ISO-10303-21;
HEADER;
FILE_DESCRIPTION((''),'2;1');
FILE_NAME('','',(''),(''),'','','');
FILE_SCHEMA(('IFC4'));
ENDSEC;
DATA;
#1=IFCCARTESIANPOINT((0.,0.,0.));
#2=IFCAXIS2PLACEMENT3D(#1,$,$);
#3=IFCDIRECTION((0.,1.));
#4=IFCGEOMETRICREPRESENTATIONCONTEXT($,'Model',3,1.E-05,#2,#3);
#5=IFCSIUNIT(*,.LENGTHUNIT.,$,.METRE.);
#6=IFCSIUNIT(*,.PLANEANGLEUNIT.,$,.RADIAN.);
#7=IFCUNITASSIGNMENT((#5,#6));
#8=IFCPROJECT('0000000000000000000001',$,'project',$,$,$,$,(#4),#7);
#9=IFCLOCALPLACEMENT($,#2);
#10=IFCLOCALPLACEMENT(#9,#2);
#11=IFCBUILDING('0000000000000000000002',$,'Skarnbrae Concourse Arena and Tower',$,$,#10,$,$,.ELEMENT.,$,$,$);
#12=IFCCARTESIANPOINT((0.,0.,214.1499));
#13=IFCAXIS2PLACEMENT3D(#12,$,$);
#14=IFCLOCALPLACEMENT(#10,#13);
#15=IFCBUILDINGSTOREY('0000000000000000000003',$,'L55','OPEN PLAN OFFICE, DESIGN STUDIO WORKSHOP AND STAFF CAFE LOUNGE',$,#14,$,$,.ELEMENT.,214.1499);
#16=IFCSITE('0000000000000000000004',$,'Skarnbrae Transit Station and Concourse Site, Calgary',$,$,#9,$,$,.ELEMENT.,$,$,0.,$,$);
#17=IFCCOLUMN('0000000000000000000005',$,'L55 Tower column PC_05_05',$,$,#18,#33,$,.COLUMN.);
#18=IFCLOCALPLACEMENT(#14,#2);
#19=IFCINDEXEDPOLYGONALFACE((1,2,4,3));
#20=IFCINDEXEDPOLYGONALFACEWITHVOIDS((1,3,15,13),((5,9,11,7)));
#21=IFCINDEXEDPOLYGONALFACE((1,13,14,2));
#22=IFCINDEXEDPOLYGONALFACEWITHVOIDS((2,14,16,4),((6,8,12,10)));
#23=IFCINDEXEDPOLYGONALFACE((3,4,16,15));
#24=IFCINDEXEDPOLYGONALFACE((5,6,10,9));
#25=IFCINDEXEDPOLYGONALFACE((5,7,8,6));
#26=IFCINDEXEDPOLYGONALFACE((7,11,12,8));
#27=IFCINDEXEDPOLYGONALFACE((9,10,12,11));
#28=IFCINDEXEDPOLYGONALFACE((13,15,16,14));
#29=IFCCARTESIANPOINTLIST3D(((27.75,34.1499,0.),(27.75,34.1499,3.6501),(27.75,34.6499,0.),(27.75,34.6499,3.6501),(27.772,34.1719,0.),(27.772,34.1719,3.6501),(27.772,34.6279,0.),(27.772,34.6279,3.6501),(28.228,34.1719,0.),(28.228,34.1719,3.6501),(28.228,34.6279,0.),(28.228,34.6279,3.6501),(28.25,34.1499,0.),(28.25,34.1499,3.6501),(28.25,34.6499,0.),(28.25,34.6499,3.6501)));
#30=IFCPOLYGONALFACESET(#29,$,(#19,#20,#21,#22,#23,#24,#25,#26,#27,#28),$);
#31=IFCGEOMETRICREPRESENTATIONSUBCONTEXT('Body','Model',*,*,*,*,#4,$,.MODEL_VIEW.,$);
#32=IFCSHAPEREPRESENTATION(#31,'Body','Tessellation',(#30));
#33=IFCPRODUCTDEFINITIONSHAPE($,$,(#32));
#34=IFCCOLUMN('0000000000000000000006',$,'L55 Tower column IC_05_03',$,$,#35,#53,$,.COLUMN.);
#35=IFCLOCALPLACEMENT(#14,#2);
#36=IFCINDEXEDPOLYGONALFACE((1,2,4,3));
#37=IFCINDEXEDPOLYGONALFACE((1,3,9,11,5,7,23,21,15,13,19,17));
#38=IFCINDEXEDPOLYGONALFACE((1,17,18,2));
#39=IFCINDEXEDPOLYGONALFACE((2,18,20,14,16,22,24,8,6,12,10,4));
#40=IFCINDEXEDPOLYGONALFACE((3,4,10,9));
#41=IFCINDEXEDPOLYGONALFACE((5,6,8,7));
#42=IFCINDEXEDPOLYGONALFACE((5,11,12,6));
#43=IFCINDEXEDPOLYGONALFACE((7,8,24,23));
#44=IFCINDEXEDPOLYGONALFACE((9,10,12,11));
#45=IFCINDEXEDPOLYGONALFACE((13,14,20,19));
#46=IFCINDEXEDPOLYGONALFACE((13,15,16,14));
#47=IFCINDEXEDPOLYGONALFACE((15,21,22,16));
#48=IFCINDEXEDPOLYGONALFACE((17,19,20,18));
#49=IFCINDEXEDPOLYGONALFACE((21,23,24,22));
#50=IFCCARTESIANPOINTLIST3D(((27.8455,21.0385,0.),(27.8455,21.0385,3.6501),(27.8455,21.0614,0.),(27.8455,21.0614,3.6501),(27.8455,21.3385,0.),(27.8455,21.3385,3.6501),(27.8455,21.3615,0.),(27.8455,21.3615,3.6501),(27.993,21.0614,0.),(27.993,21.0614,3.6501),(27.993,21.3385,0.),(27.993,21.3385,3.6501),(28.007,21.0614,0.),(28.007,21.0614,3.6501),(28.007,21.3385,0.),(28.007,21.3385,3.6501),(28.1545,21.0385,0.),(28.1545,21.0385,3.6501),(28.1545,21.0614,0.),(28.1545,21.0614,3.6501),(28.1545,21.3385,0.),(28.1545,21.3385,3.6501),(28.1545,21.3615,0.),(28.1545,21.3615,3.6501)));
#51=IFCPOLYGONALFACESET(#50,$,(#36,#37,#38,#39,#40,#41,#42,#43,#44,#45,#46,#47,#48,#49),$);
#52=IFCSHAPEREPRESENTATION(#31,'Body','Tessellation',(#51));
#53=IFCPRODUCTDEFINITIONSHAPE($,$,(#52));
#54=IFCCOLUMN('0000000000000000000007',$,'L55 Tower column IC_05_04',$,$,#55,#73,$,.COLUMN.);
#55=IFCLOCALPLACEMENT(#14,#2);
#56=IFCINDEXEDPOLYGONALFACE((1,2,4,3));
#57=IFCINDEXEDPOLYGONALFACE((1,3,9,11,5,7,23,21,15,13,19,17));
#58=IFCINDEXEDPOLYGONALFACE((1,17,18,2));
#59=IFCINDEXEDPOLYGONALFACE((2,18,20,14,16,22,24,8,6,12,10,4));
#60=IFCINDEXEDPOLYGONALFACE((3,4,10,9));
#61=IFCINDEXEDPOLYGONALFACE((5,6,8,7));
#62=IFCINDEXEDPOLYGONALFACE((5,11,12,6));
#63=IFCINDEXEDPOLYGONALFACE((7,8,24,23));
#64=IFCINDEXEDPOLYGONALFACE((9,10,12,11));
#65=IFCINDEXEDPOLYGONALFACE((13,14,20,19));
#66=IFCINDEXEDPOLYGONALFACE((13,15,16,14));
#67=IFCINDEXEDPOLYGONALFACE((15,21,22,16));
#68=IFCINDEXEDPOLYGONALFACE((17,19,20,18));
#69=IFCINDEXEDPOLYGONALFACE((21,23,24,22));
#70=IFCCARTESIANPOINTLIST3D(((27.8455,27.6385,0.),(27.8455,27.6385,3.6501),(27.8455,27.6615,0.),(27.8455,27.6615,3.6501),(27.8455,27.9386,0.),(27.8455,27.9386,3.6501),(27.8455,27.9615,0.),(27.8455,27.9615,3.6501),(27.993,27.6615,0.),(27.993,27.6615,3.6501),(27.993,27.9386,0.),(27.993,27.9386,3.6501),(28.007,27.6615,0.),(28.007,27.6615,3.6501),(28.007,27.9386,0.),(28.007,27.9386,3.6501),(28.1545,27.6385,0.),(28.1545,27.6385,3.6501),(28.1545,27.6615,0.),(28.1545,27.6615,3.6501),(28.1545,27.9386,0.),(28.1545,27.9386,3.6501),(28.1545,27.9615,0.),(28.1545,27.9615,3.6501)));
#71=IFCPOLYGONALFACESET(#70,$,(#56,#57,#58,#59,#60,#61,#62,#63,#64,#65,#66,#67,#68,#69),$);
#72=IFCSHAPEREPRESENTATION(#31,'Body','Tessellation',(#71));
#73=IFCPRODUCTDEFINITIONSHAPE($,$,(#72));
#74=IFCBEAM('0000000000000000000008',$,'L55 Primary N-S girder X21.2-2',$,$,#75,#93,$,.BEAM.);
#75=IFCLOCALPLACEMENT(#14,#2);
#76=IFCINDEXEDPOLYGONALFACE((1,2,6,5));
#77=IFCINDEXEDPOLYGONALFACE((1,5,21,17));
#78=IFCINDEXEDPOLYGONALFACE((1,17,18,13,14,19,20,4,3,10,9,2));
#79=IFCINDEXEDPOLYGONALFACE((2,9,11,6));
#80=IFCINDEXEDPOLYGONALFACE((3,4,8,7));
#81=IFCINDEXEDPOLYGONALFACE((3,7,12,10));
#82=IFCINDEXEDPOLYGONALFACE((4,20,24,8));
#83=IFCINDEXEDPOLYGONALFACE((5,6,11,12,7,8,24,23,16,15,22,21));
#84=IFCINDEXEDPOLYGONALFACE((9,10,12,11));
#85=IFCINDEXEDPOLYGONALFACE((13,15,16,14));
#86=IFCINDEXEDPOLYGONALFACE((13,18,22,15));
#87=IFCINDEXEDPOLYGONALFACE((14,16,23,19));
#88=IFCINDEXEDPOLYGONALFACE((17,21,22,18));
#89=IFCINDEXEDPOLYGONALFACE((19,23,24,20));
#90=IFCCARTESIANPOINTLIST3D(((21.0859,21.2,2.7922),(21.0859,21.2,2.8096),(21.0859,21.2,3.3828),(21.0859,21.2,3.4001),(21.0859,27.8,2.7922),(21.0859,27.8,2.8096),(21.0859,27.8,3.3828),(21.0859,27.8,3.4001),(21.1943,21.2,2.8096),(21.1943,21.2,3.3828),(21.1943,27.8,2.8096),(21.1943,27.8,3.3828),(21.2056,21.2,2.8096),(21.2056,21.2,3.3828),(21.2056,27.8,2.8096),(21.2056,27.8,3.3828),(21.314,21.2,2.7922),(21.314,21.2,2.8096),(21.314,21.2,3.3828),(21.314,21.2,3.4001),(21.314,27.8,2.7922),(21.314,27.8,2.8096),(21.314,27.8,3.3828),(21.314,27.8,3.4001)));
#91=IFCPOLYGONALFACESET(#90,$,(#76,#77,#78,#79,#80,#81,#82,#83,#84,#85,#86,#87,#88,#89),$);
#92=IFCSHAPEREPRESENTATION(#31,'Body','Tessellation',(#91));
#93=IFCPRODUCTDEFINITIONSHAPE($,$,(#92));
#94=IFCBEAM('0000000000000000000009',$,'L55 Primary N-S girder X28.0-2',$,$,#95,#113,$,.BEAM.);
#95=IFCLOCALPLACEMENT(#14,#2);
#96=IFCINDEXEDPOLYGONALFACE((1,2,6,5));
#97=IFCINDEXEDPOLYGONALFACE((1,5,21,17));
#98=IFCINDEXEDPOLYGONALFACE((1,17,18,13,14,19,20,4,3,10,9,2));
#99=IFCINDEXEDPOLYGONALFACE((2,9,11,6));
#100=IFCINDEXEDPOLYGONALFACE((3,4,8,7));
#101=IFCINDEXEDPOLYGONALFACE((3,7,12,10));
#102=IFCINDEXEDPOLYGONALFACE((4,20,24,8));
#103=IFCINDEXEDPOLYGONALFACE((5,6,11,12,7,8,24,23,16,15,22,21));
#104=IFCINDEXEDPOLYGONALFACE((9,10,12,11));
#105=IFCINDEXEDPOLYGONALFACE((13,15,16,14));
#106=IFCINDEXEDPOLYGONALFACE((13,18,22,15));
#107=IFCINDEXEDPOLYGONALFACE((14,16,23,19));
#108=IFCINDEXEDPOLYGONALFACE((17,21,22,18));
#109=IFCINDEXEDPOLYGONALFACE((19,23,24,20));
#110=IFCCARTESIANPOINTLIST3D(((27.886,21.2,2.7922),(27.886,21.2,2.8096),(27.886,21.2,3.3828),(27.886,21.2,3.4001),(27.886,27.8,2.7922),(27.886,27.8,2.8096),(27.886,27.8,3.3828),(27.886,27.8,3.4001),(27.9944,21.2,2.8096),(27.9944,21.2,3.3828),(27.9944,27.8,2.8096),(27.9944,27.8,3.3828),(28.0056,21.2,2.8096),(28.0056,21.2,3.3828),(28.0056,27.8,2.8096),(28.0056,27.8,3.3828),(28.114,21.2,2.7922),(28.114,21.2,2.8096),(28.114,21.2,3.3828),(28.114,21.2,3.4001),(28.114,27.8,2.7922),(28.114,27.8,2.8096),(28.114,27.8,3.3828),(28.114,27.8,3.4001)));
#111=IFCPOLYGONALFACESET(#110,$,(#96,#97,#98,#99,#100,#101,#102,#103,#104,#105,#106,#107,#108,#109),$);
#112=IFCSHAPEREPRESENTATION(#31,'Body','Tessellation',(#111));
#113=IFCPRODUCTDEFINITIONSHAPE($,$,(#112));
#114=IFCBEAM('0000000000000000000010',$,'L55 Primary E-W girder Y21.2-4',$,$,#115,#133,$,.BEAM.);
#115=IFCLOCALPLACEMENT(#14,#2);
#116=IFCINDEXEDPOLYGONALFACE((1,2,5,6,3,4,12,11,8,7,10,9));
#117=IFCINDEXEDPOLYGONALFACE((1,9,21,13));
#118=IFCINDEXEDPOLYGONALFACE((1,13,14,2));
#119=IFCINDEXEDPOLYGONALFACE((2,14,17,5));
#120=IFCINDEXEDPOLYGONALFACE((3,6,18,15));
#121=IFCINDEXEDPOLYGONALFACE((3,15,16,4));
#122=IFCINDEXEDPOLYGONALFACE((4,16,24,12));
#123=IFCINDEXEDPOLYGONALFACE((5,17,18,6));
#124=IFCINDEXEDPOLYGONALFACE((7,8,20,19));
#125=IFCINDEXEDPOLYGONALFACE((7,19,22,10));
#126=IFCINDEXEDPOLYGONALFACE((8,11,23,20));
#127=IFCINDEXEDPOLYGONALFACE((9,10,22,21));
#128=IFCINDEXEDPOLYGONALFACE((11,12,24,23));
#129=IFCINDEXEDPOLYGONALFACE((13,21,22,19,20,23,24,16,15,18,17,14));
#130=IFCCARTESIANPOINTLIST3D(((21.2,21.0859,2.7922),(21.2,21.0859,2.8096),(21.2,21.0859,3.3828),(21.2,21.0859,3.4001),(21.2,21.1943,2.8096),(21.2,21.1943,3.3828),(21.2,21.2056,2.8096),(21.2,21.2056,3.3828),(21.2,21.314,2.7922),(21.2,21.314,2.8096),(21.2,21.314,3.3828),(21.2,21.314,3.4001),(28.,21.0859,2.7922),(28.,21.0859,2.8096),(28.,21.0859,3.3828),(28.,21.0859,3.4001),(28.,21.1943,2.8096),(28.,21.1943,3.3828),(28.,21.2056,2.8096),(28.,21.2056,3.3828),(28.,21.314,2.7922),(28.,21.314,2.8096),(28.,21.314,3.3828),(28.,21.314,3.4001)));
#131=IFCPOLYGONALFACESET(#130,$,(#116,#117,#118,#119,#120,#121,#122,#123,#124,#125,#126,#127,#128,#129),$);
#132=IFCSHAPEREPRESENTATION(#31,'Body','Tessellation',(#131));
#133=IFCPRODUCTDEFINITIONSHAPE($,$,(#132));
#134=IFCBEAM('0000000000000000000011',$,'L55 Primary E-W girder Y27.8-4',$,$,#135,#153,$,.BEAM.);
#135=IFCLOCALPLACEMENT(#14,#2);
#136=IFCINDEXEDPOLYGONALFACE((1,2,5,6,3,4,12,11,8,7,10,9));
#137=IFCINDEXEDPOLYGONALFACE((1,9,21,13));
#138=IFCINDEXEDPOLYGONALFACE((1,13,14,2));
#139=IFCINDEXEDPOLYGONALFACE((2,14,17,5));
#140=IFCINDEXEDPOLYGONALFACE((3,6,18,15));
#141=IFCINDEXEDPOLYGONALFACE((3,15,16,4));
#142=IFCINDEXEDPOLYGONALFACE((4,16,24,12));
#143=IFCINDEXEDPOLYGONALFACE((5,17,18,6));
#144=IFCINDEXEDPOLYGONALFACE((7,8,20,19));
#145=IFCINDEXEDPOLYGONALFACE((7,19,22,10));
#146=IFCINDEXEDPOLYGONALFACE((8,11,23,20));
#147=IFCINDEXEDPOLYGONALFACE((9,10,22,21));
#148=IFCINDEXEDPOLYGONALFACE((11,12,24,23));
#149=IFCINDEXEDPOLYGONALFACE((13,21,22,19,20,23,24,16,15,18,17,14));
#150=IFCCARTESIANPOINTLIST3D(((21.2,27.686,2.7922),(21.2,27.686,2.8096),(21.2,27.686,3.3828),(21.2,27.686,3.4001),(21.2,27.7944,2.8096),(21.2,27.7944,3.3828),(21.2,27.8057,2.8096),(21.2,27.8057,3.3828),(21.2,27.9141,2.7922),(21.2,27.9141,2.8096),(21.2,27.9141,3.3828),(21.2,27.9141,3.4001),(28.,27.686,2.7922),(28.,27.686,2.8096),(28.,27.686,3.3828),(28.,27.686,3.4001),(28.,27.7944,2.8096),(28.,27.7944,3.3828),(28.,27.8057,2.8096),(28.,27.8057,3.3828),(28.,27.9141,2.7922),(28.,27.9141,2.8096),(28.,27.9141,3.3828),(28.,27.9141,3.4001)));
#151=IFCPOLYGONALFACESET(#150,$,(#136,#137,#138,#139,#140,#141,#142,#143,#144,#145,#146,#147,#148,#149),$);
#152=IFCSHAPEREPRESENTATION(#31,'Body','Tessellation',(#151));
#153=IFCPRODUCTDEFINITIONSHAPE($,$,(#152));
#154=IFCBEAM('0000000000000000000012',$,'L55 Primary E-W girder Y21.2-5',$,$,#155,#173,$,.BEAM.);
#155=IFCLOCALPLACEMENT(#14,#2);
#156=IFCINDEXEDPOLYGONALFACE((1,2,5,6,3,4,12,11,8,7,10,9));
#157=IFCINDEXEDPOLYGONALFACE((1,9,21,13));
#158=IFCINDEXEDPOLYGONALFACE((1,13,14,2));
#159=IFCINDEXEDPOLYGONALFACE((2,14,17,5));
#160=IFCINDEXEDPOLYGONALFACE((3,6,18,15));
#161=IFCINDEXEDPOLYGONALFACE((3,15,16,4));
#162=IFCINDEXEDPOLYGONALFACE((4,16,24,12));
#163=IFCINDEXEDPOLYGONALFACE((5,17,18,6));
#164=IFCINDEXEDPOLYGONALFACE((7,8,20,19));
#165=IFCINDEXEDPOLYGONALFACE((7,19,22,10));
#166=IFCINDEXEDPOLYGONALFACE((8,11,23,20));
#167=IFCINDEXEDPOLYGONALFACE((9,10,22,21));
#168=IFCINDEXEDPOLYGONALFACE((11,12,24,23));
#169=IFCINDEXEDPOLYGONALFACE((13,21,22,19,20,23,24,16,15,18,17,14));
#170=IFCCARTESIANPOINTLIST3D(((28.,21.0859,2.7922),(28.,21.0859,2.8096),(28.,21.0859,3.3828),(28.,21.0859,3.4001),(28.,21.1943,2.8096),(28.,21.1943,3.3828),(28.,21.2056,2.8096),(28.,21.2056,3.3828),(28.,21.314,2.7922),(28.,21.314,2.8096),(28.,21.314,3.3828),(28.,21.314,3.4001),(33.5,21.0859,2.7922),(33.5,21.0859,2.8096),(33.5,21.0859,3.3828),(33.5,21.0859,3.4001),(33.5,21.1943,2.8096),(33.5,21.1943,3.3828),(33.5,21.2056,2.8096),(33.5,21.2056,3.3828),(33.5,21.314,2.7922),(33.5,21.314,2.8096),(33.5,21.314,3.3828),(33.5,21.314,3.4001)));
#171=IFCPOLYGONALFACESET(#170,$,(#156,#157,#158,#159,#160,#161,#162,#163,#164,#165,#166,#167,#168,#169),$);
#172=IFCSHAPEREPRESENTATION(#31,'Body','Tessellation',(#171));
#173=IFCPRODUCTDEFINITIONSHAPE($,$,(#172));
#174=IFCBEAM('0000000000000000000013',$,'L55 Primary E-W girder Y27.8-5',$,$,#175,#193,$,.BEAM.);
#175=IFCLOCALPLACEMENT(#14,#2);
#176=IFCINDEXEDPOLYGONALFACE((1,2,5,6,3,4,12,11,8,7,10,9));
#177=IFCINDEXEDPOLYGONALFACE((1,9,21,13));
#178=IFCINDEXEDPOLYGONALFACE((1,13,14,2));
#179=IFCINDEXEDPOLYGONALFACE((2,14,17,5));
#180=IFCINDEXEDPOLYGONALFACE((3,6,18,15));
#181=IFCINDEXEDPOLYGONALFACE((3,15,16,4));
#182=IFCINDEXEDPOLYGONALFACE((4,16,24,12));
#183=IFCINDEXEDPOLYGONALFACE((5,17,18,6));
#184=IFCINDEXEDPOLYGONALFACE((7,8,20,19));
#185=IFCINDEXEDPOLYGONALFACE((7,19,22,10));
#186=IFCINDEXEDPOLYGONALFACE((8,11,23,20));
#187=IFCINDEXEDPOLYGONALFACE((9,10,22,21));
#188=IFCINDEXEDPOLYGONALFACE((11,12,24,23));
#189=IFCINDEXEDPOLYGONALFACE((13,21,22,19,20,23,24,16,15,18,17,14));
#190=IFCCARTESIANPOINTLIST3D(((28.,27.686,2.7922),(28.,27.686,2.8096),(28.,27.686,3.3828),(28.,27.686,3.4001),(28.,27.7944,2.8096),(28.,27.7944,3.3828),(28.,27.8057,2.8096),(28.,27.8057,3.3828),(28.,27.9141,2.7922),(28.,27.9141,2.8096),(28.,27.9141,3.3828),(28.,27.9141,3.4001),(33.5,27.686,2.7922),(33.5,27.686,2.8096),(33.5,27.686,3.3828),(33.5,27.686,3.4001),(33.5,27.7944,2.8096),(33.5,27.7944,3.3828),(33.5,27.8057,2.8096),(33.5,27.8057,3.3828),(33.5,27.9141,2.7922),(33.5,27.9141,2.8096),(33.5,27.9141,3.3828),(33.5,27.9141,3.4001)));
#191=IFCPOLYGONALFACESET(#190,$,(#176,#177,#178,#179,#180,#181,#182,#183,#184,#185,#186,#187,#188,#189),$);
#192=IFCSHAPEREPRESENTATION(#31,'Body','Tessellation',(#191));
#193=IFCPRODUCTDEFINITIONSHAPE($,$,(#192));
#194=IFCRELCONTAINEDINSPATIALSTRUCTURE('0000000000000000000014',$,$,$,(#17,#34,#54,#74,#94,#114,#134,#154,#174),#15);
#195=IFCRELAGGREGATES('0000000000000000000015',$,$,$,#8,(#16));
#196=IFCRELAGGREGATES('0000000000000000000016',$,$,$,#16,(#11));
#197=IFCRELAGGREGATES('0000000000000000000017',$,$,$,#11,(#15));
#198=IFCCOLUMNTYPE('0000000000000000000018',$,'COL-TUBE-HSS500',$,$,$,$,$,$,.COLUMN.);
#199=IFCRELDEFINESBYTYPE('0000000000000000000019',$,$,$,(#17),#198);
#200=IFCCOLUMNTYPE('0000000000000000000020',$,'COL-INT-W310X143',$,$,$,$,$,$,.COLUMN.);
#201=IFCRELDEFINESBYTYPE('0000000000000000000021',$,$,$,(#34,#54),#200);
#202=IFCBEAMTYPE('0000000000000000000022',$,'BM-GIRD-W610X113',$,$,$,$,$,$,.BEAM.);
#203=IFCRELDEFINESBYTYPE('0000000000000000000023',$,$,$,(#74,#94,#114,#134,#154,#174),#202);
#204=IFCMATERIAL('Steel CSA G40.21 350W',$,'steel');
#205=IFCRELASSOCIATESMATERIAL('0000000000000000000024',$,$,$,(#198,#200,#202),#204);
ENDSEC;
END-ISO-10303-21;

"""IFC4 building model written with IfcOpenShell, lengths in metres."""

from ifc_helpers import new_model, si_unit, direction, frame, origin, origin_2d, place, context, subcontext, project, spatial, hollow_rectangle, i_section, extrude, source, transform, mapped, material, material_profile, profile_set, type_object, element, save


model = new_model("IFC4")

# Units and contexts
model_context = context("Model", 3, precision=1e-05, world=origin(), true_north=direction((0.0, 1.0)))
body_context = subcontext(model_context, "Body", "Model", "MODEL_VIEW")
ifc_project = project(units=[si_unit("LENGTHUNIT", "METRE"), si_unit("PLANEANGLEUNIT", "RADIAN")], contexts=[model_context])

# Site, building, storey
site_placement = place(None, origin())
site = spatial("IfcSite", under=ifc_project, at=site_placement, Name="Skarnbrae Transit Station and Concourse Site, Calgary", CompositionType="ELEMENT", RefElevation=0.0)
building_placement = place(site_placement, origin())
building = spatial("IfcBuilding", under=site, at=building_placement, Name="Skarnbrae Concourse Arena and Tower", CompositionType="ELEMENT")
storey_placement = place(building_placement, frame((0.0, 0.0, 214.1499)))
storey = spatial("IfcBuildingStorey", under=building, at=storey_placement, Name="L55", Description="OPEN PLAN OFFICE, DESIGN STUDIO WORKSHOP AND STAFF CAFE LOUNGE", CompositionType="ELEMENT", Elevation=214.1499)

# Columns
ifc_material_1 = material(Name="Steel CSA G40.21 350W", Category="steel")
ifc_material_profile_1 = material_profile(ifc_material_1, hollow_rectangle(XDim=0.5, YDim=0.5, WallThickness=0.022, at=origin_2d()), Name="HSS500X500X22.0")
ifc_profile_set_1 = profile_set([ifc_material_profile_1], Name="Steel CSA G40.21 350W")
column_type_1 = type_object("IfcColumnType", Name="COL-TUBE-HSS500", PredefinedType="COLUMN", material=ifc_profile_set_1)
shared_shape_1 = source(origin(), body_context, "Body", "SweptSolid", [
    extrude(hollow_rectangle(XDim=0.5, YDim=0.5, WallThickness=0.022, at=origin_2d()), origin(), (0.0, 0.0, 1.0), 3.6501),
])
column_placement = place(storey_placement, frame((28.0, 34.3999, 0.0), z_axis=(0.0, 0.0, 1.0), x_axis=(1.0, 0.0, 0.0)))
element("IfcColumn", 1, at=column_placement, inside=storey, type_object=column_type_1, Name="L55 Tower column PC_05_05", PredefinedType="COLUMN", context=body_context, shape_type="MappedRepresentation", body=[
    mapped(shared_shape_1, transform((0.0, 0.0, 0.0))),
])
ifc_material_profile_2 = material_profile(ifc_material_1, i_section(OverallWidth=0.3091, OverallDepth=0.323, WebThickness=0.0139, FlangeThickness=0.0229, at=origin_2d()), Name="W310X143")
ifc_profile_set_2 = profile_set([ifc_material_profile_2], Name="Steel CSA G40.21 350W")
column_type_2 = type_object("IfcColumnType", Name="COL-INT-W310X143", PredefinedType="COLUMN", material=ifc_profile_set_2)
shared_shape_2 = source(origin(), body_context, "Body", "SweptSolid", [
    extrude(i_section(OverallWidth=0.3091, OverallDepth=0.323, WebThickness=0.0139, FlangeThickness=0.0229, at=origin_2d()), origin(), (0.0, 0.0, 1.0), 3.6501),
])
for number, where, z_axis, x_axis, name in (
    (2, (28.0, 21.2, 0.0), (0.0, 0.0, 1.0), (1.0, 0.0, 0.0), "L55 Tower column IC_05_03"),
    (3, (28.0, 27.8, 0.0), (0.0, 0.0, 1.0), (1.0, 0.0, 0.0), "L55 Tower column IC_05_04"),
):
    element("IfcColumn", number, at=place(storey_placement, frame(where, z_axis=z_axis, x_axis=x_axis)), inside=storey, type_object=column_type_2, Name=name, PredefinedType="COLUMN", context=body_context, shape_type="MappedRepresentation", body=[
        mapped(shared_shape_2, transform((0.0, 0.0, 0.0))),
    ])

# Beams
ifc_material_profile_3 = material_profile(ifc_material_1, i_section(OverallWidth=0.228, OverallDepth=0.6079, WebThickness=0.0112, FlangeThickness=0.0173, at=origin_2d()), Name="W610X113")
ifc_profile_set_3 = profile_set([ifc_material_profile_3], Name="Steel CSA G40.21 350W")
beam_type_1 = type_object("IfcBeamType", Name="BM-GIRD-W610X113", PredefinedType="BEAM", material=ifc_profile_set_3)
shared_shape_3 = source(origin(), body_context, "Body", "SweptSolid", [
    extrude(i_section(OverallWidth=0.228, OverallDepth=0.6079, WebThickness=0.0112, FlangeThickness=0.0173, at=origin_2d()), origin(), (0.0, 0.0, 1.0), 6.6001),
])
for number, where, z_axis, x_axis, name in (
    (4, (21.2, 21.2, 3.0962), (0.0, 1.0, 0.0), (-1.0, 0.0, 0.0), "L55 Primary N-S girder X21.2-2"),
    (5, (28.0, 21.2, 3.0962), (0.0, 1.0, 0.0), (-1.0, 0.0, 0.0), "L55 Primary N-S girder X28.0-2"),
):
    element("IfcBeam", number, at=place(storey_placement, frame(where, z_axis=z_axis, x_axis=x_axis)), inside=storey, type_object=beam_type_1, Name=name, PredefinedType="BEAM", context=body_context, shape_type="MappedRepresentation", body=[
        mapped(shared_shape_3, transform((0.0, 0.0, 0.0))),
    ])
shared_shape_4 = source(origin(), body_context, "Body", "SweptSolid", [
    extrude(i_section(OverallWidth=0.228, OverallDepth=0.6079, WebThickness=0.0112, FlangeThickness=0.0173, at=origin_2d()), origin(), (0.0, 0.0, 1.0), 6.8),
])
for number, where, z_axis, x_axis, name in (
    (6, (21.2, 21.2, 3.0962), (1.0, 0.0, 0.0), (0.0, 1.0, 0.0), "L55 Primary E-W girder Y21.2-4"),
    (7, (21.2, 27.8, 3.0962), (1.0, 0.0, 0.0), (0.0, 1.0, 0.0), "L55 Primary E-W girder Y27.8-4"),
):
    element("IfcBeam", number, at=place(storey_placement, frame(where, z_axis=z_axis, x_axis=x_axis)), inside=storey, type_object=beam_type_1, Name=name, PredefinedType="BEAM", context=body_context, shape_type="MappedRepresentation", body=[
        mapped(shared_shape_4, transform((0.0, 0.0, 0.0))),
    ])
shared_shape_5 = source(origin(), body_context, "Body", "SweptSolid", [
    extrude(i_section(OverallWidth=0.228, OverallDepth=0.6079, WebThickness=0.0112, FlangeThickness=0.0173, at=origin_2d()), origin(), (0.0, 0.0, 1.0), 5.5),
])
for number, where, z_axis, x_axis, name in (
    (8, (28.0, 21.2, 3.0962), (1.0, 0.0, 0.0), (0.0, 1.0, 0.0), "L55 Primary E-W girder Y21.2-5"),
    (9, (28.0, 27.8, 3.0962), (1.0, 0.0, 0.0), (0.0, 1.0, 0.0), "L55 Primary E-W girder Y27.8-5"),
):
    element("IfcBeam", number, at=place(storey_placement, frame(where, z_axis=z_axis, x_axis=x_axis)), inside=storey, type_object=beam_type_1, Name=name, PredefinedType="BEAM", context=body_context, shape_type="MappedRepresentation", body=[
        mapped(shared_shape_5, transform((0.0, 0.0, 0.0))),
    ])

save(model, "model.ifc")
